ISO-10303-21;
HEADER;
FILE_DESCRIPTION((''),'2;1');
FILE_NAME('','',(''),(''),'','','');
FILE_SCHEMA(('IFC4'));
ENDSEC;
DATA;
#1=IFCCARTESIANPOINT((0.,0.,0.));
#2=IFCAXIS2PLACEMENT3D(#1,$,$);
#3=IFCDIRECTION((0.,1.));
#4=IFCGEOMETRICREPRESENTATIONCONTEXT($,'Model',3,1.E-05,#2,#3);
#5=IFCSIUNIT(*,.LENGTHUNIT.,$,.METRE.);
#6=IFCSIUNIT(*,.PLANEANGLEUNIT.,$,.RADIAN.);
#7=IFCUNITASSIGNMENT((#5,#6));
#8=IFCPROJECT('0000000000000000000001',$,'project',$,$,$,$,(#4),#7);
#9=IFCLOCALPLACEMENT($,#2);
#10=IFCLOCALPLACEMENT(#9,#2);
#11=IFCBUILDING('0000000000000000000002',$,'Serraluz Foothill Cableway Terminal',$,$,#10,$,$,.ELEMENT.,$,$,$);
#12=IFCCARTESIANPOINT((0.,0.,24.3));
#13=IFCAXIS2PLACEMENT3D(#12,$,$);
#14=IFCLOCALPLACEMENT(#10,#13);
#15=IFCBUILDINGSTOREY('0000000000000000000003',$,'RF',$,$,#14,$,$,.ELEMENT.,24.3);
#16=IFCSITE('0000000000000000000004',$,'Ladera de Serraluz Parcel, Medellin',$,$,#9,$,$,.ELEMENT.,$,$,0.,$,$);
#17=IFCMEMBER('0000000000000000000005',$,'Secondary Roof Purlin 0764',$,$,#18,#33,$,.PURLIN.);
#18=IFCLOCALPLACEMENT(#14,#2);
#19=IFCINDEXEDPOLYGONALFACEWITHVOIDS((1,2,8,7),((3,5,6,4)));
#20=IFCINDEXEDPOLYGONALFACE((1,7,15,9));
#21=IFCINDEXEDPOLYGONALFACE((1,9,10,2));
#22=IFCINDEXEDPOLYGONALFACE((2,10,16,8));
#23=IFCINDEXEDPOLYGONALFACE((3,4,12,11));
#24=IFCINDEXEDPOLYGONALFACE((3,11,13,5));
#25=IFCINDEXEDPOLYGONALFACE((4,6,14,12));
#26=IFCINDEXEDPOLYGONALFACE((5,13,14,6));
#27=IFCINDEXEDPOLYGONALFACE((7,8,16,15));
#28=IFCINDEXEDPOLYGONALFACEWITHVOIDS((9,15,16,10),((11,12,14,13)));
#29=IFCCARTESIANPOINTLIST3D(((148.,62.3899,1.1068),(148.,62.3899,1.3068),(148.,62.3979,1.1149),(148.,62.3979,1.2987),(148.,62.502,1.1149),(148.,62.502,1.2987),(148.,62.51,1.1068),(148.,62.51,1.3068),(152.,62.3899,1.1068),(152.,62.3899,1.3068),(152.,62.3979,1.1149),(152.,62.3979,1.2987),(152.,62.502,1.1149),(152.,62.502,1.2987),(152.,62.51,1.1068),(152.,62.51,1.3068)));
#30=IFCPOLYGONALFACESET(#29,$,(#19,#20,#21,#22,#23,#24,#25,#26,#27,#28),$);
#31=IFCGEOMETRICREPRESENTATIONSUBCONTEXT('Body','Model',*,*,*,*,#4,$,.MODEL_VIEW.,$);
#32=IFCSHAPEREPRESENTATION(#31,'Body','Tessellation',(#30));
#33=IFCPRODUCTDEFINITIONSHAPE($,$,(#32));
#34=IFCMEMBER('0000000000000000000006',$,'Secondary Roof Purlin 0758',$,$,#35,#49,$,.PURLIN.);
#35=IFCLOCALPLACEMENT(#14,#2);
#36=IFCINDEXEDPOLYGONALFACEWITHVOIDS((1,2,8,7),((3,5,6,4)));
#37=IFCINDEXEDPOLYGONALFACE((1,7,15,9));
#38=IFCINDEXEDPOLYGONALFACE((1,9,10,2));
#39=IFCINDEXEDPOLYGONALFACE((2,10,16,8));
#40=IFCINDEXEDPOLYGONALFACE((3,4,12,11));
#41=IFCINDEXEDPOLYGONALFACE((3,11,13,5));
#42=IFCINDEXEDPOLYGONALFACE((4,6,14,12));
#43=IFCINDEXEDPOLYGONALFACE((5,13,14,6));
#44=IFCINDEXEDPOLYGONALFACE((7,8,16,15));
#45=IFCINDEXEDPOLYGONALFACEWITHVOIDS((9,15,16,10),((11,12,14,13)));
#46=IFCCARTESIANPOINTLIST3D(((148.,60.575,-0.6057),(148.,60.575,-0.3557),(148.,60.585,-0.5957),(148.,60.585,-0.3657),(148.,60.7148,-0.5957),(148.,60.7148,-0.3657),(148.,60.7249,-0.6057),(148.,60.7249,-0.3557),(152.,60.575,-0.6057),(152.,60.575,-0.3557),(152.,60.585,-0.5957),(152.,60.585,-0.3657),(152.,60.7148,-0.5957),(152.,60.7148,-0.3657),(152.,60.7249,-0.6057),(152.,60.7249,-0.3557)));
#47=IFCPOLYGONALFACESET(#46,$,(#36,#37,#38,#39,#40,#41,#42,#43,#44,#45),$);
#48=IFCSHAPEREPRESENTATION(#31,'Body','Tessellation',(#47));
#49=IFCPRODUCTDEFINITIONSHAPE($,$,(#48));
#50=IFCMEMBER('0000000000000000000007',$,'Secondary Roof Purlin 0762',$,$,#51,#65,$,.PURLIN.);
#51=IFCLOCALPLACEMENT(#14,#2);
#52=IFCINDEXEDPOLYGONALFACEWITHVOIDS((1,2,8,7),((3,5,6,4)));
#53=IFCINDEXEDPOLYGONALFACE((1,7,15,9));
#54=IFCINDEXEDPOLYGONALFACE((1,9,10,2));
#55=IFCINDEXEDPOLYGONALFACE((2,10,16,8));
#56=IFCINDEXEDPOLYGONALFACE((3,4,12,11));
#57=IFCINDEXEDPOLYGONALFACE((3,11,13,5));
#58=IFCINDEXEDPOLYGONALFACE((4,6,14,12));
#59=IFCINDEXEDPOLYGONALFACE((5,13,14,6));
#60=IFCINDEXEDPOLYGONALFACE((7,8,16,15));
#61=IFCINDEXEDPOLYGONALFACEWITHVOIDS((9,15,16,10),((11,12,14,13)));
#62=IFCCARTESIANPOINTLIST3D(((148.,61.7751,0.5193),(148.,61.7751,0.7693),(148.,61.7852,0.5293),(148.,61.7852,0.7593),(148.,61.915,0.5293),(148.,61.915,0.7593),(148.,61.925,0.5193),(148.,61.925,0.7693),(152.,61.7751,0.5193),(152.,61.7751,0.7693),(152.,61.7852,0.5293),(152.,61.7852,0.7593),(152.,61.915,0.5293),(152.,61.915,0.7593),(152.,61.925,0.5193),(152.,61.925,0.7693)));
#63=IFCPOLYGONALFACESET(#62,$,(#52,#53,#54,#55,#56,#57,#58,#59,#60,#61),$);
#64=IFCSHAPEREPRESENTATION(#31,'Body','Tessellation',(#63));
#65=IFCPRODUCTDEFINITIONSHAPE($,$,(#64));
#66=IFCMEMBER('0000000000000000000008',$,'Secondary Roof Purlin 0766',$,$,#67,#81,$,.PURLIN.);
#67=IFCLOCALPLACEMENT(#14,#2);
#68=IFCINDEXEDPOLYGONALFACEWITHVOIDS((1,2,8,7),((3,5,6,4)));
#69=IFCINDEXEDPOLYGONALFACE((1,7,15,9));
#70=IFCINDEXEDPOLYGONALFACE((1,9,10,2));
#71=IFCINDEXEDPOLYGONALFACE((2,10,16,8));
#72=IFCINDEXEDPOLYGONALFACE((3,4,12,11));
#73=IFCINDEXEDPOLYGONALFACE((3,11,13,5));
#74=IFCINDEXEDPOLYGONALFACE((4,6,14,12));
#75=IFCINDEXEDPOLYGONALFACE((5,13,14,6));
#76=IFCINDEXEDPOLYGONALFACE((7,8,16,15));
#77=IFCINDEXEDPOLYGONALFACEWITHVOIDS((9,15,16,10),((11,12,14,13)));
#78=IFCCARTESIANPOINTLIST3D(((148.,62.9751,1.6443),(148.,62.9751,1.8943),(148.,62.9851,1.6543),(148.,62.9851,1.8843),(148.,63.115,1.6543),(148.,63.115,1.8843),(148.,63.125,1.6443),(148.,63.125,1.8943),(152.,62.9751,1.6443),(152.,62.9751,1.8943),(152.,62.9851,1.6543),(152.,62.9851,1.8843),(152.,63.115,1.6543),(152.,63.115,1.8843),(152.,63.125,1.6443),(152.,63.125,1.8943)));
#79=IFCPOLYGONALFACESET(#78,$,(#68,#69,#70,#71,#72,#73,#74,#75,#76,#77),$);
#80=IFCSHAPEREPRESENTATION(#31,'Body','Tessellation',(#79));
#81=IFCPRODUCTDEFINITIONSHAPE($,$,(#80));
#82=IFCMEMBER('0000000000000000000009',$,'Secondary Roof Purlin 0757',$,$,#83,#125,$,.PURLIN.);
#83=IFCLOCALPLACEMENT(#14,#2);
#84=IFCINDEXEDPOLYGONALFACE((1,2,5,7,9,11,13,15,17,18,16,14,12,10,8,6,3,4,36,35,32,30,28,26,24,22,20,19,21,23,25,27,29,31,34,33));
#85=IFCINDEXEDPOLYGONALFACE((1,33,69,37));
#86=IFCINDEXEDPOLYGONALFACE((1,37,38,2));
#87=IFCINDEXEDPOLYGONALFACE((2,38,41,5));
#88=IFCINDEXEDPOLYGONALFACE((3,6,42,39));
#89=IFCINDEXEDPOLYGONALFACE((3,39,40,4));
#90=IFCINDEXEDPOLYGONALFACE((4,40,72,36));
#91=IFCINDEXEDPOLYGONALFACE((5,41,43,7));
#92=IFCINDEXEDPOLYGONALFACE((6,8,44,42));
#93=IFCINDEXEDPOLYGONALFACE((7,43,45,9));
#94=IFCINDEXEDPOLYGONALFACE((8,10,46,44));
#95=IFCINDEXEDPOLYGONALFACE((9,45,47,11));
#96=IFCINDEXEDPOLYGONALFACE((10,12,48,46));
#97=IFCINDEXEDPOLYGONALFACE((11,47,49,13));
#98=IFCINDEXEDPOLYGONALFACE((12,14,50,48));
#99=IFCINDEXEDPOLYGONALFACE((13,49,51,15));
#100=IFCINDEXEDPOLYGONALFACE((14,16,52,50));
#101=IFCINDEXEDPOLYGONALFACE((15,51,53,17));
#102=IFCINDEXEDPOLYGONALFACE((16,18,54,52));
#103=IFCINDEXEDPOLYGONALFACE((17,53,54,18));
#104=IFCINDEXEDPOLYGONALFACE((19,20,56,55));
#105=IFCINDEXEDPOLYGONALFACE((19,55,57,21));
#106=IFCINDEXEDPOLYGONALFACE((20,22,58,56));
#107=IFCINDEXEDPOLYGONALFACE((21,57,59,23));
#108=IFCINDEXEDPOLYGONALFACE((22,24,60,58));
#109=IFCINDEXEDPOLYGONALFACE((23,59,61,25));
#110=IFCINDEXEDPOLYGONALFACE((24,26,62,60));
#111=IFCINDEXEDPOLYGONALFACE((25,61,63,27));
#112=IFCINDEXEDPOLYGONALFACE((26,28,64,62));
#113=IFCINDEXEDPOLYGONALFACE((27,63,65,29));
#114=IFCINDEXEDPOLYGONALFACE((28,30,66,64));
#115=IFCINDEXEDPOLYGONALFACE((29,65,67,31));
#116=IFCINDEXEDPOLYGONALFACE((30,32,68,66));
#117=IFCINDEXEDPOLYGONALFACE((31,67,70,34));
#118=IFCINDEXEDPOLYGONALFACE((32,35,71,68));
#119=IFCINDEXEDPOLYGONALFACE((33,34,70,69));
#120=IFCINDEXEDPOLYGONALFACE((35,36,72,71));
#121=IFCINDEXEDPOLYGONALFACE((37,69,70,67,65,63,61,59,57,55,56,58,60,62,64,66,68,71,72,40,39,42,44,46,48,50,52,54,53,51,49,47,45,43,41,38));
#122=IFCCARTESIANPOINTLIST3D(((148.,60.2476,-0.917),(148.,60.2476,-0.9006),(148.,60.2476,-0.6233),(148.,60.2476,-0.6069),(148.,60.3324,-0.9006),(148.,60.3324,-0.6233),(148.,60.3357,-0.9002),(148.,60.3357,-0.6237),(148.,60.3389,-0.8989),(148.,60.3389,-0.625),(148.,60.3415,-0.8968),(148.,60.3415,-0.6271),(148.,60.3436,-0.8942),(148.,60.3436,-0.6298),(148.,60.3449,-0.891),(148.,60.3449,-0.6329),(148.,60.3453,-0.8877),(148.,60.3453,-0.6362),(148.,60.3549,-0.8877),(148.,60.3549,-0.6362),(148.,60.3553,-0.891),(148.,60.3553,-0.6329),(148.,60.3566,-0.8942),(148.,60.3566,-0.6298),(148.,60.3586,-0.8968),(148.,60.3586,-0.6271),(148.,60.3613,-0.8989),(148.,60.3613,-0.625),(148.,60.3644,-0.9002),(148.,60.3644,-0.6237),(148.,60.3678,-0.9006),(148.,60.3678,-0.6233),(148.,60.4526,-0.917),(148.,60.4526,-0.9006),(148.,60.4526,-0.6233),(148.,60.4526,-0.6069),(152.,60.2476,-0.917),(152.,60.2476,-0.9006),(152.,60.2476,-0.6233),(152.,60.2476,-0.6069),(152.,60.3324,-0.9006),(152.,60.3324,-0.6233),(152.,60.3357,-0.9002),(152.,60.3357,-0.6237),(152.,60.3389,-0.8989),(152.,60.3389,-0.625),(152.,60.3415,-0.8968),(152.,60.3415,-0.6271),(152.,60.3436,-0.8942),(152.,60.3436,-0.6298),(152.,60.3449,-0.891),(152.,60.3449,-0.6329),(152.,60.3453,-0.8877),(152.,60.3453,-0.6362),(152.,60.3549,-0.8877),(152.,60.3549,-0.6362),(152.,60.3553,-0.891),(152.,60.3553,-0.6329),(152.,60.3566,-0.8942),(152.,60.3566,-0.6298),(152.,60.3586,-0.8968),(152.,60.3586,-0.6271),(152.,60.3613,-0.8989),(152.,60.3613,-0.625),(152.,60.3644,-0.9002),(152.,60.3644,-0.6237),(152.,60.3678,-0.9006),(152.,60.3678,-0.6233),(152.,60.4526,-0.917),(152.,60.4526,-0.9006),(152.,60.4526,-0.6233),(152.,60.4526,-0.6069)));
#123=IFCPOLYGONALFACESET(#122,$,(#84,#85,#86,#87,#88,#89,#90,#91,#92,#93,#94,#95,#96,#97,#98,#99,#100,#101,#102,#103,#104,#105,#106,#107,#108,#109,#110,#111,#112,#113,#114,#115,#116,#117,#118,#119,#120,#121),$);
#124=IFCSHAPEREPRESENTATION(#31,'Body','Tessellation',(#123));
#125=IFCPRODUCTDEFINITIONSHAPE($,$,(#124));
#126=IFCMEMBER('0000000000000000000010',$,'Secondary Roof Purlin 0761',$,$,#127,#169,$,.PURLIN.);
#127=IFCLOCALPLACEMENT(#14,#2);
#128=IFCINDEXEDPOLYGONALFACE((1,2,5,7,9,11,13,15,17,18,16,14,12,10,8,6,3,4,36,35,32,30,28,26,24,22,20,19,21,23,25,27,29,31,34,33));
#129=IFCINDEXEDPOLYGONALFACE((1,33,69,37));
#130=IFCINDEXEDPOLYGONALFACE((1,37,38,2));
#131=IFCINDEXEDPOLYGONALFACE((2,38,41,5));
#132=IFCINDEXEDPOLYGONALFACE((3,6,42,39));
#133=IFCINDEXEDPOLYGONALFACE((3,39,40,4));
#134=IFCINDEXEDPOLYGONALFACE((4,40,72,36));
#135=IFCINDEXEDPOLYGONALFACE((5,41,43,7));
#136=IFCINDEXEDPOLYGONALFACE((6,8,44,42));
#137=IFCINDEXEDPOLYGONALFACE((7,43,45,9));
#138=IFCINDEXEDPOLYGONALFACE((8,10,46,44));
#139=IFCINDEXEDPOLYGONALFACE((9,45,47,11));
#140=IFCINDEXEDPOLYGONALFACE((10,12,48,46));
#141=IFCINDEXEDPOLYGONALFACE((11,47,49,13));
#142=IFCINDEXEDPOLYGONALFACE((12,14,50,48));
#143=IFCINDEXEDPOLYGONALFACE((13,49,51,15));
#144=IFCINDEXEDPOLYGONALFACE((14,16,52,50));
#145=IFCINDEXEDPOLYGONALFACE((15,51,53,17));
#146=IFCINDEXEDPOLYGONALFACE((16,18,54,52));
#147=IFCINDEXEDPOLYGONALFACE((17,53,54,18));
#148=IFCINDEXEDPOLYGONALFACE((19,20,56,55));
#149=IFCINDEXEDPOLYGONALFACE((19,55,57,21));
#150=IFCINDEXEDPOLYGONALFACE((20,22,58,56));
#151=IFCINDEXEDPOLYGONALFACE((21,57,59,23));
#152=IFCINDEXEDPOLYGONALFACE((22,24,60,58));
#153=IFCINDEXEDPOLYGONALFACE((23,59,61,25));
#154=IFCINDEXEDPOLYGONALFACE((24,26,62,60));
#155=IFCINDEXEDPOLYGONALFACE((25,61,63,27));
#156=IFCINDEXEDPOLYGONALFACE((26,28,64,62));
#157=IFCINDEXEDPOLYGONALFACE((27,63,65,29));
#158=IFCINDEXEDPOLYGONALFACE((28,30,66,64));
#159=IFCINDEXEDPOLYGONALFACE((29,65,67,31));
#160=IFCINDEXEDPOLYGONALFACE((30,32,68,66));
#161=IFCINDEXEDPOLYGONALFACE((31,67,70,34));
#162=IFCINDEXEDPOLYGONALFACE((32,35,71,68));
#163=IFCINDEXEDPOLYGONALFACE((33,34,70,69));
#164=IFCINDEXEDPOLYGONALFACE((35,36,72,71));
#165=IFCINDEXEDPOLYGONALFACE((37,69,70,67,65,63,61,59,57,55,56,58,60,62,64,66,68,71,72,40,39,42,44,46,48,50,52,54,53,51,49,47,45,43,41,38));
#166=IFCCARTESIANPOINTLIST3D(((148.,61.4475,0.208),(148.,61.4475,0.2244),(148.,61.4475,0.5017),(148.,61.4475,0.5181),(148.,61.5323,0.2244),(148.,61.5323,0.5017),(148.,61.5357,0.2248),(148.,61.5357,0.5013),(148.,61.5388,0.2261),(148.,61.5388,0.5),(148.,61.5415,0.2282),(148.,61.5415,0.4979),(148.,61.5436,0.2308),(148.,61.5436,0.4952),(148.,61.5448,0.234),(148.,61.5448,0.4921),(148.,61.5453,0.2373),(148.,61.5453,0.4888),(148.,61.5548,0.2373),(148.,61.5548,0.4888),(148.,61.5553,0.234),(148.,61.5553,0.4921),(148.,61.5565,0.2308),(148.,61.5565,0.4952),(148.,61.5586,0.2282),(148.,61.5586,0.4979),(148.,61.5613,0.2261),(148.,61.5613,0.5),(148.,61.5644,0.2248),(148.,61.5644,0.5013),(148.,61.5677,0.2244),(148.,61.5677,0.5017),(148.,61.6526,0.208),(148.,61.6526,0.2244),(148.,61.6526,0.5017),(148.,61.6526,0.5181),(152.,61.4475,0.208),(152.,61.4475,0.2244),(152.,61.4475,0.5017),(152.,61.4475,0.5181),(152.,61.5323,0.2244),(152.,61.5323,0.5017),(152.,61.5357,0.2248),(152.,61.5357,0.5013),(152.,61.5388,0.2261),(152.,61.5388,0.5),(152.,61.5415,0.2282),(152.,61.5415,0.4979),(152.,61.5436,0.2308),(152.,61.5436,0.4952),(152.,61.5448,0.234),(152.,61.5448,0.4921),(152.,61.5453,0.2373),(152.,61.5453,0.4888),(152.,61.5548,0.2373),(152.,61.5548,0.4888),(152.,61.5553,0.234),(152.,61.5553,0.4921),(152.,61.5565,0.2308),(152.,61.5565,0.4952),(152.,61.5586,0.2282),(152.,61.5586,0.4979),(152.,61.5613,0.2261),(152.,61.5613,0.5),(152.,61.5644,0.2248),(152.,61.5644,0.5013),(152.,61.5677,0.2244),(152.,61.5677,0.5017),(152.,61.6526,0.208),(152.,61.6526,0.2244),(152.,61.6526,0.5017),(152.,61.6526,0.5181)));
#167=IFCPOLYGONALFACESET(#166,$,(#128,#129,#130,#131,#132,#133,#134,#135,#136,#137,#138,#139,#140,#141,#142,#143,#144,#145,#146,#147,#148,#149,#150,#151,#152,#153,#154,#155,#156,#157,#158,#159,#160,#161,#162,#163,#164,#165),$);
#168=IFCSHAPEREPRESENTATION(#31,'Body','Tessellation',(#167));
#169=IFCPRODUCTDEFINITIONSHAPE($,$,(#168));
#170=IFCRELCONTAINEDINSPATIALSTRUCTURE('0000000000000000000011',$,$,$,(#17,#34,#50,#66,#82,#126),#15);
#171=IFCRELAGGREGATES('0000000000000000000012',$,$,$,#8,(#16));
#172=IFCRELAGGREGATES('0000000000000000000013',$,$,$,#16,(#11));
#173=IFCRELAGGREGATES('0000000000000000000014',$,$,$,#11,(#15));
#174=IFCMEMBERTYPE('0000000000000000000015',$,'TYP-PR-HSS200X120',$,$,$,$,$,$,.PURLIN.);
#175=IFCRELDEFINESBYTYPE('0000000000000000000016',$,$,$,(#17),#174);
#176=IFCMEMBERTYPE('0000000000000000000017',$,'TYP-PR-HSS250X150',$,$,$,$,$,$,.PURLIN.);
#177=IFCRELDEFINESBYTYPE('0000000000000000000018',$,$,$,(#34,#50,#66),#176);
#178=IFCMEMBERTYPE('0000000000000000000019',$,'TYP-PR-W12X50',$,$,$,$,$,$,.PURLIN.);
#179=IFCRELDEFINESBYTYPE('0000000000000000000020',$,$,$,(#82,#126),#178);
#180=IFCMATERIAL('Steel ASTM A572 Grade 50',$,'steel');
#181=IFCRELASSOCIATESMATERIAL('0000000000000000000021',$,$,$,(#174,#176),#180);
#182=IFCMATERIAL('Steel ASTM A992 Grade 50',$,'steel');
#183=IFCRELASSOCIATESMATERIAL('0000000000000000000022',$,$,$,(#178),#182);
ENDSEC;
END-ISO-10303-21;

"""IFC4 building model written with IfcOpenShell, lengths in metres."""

from ifc_helpers import new_model, si_unit, direction, frame, origin, origin_2d, place, context, subcontext, project, spatial, hollow_rectangle, i_section, extrude, material, material_profile, profile_set, type_object, element, save


model = new_model("IFC4")

# Units and contexts
model_context = context("Model", 3, precision=1e-05, world=origin(), true_north=direction((0.0, 1.0)))
body_context = subcontext(model_context, "Body", "Model", "MODEL_VIEW")
ifc_project = project(units=[si_unit("LENGTHUNIT", "METRE"), si_unit("PLANEANGLEUNIT", "RADIAN")], contexts=[model_context])

# Site, building, storey
site_placement = place(None, origin())
site = spatial("IfcSite", under=ifc_project, at=site_placement, Name="Ladera de Serraluz Parcel, Medellin", CompositionType="ELEMENT", RefElevation=0.0)
building_placement = place(site_placement, origin())
building = spatial("IfcBuilding", under=site, at=building_placement, Name="Serraluz Foothill Cableway Terminal", CompositionType="ELEMENT")
storey_placement = place(building_placement, frame((0.0, 0.0, 24.3)))
storey = spatial("IfcBuildingStorey", under=building, at=storey_placement, Name="RF", CompositionType="ELEMENT", Elevation=24.3)

# Members
ifc_material_1 = material(Name="Steel ASTM A572 Grade 50", Category="steel")
ifc_material_profile_1 = material_profile(ifc_material_1, hollow_rectangle(XDim=0.1201, YDim=0.2, WallThickness=0.0081, at=origin_2d()), Name="HSS200X120X8")
ifc_profile_set_1 = profile_set([ifc_material_profile_1], Name="Steel ASTM A572 Grade 50")
member_type_1 = type_object("IfcMemberType", Name="TYP-PR-HSS200X120", PredefinedType="PURLIN", material=ifc_profile_set_1)
for number, where, z_axis, x_axis, name in (
    (1, (148.0, 62.45, 1.2068), (1.0, 0.0, 0.0), (0.0, 1.0, 0.0), "Secondary Roof Purlin 0764"),
):
    element("IfcMember", number, at=place(storey_placement, frame(where, z_axis=z_axis, x_axis=x_axis)), inside=storey, type_object=member_type_1, Name=name, PredefinedType="PURLIN", context=body_context, shape_type="SweptSolid", body=[
        extrude(hollow_rectangle(XDim=0.1201, YDim=0.2, WallThickness=0.0081, at=origin_2d()), origin(), (0.0, 0.0, 1.0), 4.0),
    ])
ifc_material_profile_2 = material_profile(ifc_material_1, hollow_rectangle(XDim=0.1499, YDim=0.25, WallThickness=0.01, at=origin_2d()), Name="HSS250X150X10")
ifc_profile_set_2 = profile_set([ifc_material_profile_2], Name="Steel ASTM A572 Grade 50")
member_type_2 = type_object("IfcMemberType", Name="TYP-PR-HSS250X150", PredefinedType="PURLIN", material=ifc_profile_set_2)
for number, where, z_axis, x_axis, name in (
    (2, (148.0, 60.6499, -0.4807), (1.0, 0.0, 0.0), (0.0, 1.0, 0.0), "Secondary Roof Purlin 0758"),
    (3, (148.0, 61.8501, 0.6443), (1.0, 0.0, 0.0), (0.0, 1.0, 0.0), "Secondary Roof Purlin 0762"),
    (4, (148.0, 63.05, 1.7693), (1.0, 0.0, 0.0), (0.0, 1.0, 0.0), "Secondary Roof Purlin 0766"),
):
    element("IfcMember", number, at=place(storey_placement, frame(where, z_axis=z_axis, x_axis=x_axis)), inside=storey, type_object=member_type_2, Name=name, PredefinedType="PURLIN", context=body_context, shape_type="SweptSolid", body=[
        extrude(hollow_rectangle(XDim=0.1499, YDim=0.25, WallThickness=0.01, at=origin_2d()), origin(), (0.0, 0.0, 1.0), 4.0),
    ])
ifc_material_2 = material(Name="Steel ASTM A992 Grade 50", Category="steel")
ifc_material_profile_3 = material_profile(ifc_material_2, i_section(OverallWidth=0.2051, OverallDepth=0.3101, WebThickness=0.0095, FlangeThickness=0.0164, FilletRadius=0.0129, at=origin_2d()), Name="W12X50")
ifc_profile_set_3 = profile_set([ifc_material_profile_3], Name="Steel ASTM A992 Grade 50")
member_type_3 = type_object("IfcMemberType", Name="TYP-PR-W12X50", PredefinedType="PURLIN", material=ifc_profile_set_3)
for number, where, z_axis, x_axis, name in (
    (5, (148.0, 60.3501, -0.762), (1.0, 0.0, 0.0), (0.0, 1.0, 0.0), "Secondary Roof Purlin 0757"),
    (6, (148.0, 61.55, 0.363), (1.0, 0.0, 0.0), (0.0, 1.0, 0.0), "Secondary Roof Purlin 0761"),
):
    element("IfcMember", number, at=place(storey_placement, frame(where, z_axis=z_axis, x_axis=x_axis)), inside=storey, type_object=member_type_3, Name=name, PredefinedType="PURLIN", context=body_context, shape_type="SweptSolid", body=[
        extrude(i_section(OverallWidth=0.2051, OverallDepth=0.3101, WebThickness=0.0095, FlangeThickness=0.0164, FilletRadius=0.0129, at=origin_2d()), origin(), (0.0, 0.0, 1.0), 4.0),
    ])

save(model, "model.ifc")
